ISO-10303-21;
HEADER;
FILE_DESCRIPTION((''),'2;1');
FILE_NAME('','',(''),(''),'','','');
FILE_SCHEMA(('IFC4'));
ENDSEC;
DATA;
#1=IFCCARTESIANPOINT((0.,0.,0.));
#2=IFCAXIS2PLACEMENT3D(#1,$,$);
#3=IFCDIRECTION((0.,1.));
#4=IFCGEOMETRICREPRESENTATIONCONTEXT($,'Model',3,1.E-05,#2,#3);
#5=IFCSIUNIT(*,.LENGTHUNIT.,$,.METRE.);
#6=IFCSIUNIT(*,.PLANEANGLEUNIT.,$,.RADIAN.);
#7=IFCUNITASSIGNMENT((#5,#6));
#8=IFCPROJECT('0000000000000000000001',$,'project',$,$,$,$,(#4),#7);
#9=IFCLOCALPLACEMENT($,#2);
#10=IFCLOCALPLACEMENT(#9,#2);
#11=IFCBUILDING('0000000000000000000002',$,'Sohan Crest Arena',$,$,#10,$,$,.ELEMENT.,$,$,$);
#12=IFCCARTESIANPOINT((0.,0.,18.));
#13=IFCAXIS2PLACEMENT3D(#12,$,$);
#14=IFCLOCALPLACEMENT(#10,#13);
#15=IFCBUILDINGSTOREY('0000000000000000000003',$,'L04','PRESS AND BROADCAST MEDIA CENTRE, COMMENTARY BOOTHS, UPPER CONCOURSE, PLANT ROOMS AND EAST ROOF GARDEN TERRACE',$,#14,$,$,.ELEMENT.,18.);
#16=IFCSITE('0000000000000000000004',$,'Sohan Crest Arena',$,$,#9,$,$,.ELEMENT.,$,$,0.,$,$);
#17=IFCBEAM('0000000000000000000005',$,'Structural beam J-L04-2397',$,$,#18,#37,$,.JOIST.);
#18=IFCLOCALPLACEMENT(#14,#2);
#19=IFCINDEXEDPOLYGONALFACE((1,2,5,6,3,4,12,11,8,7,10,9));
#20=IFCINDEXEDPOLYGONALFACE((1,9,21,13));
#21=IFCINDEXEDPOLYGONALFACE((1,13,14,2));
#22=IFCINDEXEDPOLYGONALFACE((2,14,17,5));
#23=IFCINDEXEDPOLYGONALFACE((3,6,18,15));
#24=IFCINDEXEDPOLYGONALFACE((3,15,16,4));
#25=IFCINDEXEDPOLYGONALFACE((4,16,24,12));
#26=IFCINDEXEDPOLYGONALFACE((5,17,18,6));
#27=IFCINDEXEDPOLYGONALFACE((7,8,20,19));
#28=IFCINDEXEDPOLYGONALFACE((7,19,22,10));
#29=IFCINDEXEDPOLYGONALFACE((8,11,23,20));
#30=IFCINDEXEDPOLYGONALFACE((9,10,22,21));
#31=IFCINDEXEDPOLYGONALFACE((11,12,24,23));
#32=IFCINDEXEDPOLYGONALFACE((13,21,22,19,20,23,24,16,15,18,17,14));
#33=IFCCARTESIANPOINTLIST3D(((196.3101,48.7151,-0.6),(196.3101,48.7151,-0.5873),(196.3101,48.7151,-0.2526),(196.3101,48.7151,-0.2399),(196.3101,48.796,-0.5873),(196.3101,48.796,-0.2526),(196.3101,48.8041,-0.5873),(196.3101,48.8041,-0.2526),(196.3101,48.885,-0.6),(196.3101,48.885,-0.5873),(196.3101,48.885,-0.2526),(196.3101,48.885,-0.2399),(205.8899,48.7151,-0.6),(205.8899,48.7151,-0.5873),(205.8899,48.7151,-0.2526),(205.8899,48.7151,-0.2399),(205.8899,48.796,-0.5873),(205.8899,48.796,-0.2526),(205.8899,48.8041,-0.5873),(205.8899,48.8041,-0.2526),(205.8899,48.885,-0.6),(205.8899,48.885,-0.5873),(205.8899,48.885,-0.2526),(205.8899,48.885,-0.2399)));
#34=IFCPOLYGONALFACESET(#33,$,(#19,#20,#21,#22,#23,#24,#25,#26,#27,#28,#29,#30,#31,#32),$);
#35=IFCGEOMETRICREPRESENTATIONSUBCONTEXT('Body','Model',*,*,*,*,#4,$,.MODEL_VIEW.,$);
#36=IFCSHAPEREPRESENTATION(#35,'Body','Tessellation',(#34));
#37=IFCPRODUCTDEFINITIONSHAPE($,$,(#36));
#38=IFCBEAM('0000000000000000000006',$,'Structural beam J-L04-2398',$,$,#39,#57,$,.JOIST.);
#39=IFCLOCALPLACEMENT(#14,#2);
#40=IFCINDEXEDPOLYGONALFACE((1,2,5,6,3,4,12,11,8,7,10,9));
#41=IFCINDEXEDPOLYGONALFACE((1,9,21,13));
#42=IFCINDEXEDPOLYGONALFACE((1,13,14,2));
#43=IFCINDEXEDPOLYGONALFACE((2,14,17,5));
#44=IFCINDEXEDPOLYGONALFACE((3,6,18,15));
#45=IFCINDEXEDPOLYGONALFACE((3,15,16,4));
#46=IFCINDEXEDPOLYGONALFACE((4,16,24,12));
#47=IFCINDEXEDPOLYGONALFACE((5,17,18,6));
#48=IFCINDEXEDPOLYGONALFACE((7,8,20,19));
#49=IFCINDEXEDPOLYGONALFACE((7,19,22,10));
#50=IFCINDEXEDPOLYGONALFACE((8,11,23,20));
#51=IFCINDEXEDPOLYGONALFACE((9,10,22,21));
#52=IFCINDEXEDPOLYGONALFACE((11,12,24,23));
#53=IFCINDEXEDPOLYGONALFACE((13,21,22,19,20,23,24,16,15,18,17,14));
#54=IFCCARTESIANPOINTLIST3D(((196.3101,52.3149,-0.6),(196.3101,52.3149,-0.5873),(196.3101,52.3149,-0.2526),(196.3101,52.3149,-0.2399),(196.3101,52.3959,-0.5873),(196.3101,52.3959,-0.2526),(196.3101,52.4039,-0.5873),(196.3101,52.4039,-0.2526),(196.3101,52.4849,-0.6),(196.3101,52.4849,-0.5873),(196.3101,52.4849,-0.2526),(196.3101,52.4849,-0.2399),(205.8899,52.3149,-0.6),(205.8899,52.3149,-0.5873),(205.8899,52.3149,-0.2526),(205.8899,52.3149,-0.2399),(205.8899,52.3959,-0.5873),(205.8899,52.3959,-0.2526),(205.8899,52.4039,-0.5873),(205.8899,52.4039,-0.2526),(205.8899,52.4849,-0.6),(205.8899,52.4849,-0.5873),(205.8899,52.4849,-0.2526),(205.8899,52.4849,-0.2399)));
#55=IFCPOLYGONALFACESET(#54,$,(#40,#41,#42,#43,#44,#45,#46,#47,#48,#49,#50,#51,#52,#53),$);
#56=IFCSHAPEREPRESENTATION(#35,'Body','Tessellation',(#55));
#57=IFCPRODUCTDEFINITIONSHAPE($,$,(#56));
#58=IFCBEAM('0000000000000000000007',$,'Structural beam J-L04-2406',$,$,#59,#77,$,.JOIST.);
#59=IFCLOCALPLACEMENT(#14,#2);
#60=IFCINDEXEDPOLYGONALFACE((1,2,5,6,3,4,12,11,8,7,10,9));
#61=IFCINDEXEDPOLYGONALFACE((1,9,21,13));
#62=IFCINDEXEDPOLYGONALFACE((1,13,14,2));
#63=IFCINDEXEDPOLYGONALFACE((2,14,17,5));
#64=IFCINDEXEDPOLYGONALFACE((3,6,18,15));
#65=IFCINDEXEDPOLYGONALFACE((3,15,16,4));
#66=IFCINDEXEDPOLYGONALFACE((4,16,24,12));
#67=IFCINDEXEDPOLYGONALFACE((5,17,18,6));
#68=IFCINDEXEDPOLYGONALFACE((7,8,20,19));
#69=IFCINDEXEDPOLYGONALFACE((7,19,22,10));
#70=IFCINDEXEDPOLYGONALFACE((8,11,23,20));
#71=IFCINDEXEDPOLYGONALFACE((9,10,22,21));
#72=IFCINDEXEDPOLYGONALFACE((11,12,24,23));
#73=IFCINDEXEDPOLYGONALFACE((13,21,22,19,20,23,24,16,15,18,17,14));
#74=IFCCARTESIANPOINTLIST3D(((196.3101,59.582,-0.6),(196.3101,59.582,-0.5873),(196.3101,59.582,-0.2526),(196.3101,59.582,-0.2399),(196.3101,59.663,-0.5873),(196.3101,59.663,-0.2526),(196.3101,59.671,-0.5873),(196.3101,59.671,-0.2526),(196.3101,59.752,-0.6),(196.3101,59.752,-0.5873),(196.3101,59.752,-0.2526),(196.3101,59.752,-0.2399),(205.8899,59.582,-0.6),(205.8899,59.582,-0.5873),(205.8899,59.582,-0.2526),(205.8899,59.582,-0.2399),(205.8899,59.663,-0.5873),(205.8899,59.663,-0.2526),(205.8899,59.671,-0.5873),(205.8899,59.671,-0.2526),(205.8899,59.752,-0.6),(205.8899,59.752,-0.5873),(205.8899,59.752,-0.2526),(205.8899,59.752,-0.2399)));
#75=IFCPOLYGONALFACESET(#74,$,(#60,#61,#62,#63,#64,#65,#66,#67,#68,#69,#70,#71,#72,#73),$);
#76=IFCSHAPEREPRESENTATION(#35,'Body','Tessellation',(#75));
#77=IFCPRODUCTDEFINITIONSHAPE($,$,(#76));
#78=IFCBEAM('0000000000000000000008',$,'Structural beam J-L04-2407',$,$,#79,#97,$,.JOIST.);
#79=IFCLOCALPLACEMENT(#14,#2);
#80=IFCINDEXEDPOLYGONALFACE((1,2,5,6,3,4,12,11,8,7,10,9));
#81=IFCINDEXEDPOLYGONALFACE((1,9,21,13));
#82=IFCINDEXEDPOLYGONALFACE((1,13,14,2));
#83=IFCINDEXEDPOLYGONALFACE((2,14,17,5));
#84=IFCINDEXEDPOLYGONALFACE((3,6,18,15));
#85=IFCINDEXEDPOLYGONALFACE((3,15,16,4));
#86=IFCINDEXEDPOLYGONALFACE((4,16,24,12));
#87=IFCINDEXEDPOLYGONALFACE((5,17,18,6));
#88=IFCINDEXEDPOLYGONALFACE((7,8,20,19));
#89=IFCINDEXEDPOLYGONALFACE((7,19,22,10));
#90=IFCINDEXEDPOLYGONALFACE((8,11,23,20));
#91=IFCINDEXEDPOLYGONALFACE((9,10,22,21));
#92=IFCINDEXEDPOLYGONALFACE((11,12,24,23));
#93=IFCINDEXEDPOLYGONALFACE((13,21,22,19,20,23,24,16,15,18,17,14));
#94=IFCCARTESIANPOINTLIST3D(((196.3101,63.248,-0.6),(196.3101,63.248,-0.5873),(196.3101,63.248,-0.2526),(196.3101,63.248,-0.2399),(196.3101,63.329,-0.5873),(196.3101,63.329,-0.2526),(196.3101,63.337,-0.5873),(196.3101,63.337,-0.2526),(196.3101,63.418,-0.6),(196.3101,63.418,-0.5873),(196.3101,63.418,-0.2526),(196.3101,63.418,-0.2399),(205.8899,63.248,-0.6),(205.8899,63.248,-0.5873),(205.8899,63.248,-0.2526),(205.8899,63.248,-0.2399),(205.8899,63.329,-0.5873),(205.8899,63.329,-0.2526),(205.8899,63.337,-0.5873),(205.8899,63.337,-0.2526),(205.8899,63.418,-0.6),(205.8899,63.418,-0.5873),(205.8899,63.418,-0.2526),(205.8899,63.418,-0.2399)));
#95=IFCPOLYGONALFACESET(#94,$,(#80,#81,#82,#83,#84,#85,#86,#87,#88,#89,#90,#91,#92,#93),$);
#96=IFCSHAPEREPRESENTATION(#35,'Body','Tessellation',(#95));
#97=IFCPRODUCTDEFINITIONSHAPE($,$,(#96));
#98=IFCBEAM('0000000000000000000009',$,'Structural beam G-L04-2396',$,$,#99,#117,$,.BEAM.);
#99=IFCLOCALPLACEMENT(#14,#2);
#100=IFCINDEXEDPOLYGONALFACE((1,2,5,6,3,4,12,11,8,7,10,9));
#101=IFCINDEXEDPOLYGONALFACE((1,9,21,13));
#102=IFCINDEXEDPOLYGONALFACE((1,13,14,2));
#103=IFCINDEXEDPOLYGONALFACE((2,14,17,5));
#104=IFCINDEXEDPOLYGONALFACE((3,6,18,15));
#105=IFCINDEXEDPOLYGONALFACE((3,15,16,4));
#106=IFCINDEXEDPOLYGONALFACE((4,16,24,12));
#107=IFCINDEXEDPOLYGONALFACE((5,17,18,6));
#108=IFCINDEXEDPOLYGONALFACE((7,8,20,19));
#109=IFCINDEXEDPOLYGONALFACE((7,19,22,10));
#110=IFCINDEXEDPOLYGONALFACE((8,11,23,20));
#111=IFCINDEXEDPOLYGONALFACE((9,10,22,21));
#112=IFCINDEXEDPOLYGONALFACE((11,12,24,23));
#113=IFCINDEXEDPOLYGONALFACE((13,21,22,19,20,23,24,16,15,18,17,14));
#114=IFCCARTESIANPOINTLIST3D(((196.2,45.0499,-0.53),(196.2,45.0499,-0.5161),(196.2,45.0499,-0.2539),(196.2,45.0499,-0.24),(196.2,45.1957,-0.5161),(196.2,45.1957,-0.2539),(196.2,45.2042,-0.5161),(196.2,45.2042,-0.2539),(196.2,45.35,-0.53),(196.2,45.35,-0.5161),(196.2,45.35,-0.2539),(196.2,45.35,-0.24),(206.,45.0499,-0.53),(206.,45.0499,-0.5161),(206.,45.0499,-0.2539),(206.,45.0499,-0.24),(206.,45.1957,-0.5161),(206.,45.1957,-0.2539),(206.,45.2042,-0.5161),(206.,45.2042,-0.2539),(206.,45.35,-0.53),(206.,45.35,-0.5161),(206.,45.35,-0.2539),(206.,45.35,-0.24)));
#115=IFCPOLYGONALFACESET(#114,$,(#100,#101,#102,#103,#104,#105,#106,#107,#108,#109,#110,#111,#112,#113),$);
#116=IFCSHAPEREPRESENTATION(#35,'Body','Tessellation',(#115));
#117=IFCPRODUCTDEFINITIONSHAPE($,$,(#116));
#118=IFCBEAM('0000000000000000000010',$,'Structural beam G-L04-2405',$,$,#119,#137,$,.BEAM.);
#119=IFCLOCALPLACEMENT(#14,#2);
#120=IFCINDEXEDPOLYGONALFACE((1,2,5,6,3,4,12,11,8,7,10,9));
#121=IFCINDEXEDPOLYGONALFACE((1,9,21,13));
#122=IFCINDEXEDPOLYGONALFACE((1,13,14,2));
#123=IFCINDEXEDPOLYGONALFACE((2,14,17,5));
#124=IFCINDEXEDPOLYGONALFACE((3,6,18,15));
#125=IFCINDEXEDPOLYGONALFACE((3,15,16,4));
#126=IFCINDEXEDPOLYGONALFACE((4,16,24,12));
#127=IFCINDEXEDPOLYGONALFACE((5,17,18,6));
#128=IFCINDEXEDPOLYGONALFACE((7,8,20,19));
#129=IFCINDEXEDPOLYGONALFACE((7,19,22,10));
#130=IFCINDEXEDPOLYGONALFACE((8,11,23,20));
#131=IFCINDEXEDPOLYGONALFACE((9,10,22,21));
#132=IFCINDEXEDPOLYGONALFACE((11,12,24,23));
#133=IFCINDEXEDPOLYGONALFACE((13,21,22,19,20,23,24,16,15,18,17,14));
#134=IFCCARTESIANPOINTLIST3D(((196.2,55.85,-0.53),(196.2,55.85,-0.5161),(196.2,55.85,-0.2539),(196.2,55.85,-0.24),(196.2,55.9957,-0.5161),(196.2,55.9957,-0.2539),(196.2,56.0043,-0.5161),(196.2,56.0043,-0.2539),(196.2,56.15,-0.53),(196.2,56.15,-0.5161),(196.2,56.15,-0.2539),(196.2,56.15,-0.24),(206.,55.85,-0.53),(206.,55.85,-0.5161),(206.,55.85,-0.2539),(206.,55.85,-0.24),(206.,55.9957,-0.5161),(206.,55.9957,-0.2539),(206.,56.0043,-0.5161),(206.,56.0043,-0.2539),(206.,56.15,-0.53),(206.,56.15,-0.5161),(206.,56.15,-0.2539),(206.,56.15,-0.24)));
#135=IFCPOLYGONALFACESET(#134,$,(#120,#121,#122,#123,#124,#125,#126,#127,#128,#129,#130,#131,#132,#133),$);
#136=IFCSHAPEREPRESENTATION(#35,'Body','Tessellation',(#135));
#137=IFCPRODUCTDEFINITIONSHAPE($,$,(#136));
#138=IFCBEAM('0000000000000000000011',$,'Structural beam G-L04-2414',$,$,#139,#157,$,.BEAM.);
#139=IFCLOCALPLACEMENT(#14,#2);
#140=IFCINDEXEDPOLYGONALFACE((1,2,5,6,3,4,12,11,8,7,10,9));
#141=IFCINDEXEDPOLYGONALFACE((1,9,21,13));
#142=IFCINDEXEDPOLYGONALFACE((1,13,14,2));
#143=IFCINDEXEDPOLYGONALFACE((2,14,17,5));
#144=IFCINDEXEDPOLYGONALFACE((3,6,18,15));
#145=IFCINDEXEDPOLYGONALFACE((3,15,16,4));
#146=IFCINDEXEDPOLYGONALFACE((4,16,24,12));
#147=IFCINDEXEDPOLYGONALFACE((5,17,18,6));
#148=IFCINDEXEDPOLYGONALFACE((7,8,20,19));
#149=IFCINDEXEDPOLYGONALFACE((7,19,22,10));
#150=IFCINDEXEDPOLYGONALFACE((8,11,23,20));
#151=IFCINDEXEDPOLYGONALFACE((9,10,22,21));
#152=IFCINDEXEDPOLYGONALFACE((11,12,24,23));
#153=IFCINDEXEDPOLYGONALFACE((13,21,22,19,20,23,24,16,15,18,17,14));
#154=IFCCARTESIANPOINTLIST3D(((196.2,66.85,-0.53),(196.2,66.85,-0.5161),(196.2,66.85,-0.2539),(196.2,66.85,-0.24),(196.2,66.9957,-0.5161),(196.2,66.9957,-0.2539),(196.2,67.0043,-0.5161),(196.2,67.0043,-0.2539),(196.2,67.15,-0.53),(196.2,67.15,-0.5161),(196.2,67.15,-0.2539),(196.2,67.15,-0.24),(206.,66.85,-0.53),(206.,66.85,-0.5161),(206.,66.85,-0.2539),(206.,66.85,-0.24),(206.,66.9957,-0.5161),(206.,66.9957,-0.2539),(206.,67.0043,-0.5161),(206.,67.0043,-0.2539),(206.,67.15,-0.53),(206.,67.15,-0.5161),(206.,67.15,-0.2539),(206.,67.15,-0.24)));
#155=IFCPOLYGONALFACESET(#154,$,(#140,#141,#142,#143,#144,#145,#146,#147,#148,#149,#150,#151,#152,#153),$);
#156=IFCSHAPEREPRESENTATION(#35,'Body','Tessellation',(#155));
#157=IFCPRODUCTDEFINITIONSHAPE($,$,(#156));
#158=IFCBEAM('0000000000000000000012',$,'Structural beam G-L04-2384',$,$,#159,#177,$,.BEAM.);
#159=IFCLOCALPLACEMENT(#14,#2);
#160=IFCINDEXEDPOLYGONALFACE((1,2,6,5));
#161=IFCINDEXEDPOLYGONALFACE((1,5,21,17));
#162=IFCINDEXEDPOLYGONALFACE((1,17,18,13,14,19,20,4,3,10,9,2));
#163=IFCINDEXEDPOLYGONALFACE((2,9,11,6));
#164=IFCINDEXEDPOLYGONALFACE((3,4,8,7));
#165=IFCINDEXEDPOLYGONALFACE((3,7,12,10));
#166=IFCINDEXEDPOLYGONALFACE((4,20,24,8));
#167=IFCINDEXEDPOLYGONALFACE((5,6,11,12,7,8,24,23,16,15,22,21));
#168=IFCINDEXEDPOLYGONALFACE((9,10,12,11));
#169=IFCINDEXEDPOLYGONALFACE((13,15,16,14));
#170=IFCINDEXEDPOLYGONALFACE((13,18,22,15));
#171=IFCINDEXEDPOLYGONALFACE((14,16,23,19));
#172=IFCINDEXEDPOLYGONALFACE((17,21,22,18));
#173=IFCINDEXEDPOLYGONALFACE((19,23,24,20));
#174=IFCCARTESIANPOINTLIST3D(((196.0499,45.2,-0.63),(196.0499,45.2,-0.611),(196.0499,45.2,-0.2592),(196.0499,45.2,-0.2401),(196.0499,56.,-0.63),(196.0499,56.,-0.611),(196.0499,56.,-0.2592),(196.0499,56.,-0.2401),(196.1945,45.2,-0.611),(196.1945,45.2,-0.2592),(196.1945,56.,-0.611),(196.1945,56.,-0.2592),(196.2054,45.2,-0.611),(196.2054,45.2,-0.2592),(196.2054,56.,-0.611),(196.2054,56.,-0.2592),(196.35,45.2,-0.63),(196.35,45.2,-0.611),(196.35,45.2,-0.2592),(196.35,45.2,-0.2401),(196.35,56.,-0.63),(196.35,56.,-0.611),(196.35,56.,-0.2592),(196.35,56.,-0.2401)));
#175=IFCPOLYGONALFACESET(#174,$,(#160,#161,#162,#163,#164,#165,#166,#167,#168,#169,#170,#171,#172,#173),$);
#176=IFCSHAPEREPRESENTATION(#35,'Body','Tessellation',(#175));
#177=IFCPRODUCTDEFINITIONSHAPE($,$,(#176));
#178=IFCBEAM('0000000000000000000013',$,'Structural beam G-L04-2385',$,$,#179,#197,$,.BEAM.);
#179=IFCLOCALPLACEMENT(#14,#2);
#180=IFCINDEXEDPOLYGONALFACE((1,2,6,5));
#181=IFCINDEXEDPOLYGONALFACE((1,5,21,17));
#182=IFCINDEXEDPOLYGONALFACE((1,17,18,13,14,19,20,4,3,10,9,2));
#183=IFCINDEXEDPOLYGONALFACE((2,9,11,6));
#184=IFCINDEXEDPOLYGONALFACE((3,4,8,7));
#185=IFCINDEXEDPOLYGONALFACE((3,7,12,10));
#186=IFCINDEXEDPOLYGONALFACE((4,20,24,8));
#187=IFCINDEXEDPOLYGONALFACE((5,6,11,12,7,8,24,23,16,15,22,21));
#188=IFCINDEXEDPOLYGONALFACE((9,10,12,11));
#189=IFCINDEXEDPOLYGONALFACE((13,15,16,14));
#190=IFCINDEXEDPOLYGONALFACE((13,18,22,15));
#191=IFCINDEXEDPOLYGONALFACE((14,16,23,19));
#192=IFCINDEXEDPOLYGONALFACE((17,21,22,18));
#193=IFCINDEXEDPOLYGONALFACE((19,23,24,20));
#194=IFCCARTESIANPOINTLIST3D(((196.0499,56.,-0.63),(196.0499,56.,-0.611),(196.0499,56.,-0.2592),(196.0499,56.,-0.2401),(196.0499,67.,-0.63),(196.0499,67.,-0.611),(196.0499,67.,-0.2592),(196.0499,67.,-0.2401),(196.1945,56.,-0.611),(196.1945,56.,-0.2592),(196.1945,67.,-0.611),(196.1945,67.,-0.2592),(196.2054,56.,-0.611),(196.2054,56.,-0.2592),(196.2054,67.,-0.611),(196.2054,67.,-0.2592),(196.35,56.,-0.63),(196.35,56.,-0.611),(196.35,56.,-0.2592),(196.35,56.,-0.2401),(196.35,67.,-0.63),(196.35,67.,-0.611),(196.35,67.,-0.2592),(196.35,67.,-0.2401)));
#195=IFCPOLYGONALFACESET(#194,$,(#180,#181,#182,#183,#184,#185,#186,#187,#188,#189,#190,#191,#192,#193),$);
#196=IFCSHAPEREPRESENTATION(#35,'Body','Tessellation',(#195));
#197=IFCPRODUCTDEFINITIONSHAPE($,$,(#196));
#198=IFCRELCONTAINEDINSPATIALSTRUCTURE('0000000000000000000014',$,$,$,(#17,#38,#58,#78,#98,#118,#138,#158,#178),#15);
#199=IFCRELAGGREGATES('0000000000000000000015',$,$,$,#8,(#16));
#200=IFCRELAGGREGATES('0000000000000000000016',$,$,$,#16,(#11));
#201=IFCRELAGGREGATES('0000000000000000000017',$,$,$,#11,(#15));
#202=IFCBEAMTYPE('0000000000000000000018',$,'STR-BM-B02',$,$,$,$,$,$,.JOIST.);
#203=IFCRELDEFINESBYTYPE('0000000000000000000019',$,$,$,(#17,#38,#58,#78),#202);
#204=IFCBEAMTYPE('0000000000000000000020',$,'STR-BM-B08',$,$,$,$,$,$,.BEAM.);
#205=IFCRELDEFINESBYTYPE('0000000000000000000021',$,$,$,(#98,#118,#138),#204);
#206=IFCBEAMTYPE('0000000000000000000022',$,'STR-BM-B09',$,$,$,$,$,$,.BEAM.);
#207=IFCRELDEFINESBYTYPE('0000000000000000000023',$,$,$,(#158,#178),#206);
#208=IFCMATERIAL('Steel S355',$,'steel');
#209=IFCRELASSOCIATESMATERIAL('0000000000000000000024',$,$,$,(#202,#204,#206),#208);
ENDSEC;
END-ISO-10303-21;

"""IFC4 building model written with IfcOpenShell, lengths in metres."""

from ifc_helpers import new_model, si_unit, direction, frame, origin, origin_2d, place, context, subcontext, project, spatial, i_section, extrude, material, material_profile, profile_set, type_object, element, save


model = new_model("IFC4")

# Units and contexts
model_context = context("Model", 3, precision=1e-05, world=origin(), true_north=direction((0.0, 1.0)))
body_context = subcontext(model_context, "Body", "Model", "MODEL_VIEW")
ifc_project = project(units=[si_unit("LENGTHUNIT", "METRE"), si_unit("PLANEANGLEUNIT", "RADIAN")], contexts=[model_context])

# Site, building, storey
site_placement = place(None, origin())
site = spatial("IfcSite", under=ifc_project, at=site_placement, Name="Sohan Crest Arena", CompositionType="ELEMENT", RefElevation=0.0)
building_placement = place(site_placement, origin())
building = spatial("IfcBuilding", under=site, at=building_placement, Name="Sohan Crest Arena", CompositionType="ELEMENT")
storey_placement = place(building_placement, frame((0.0, 0.0, 18.0)))
storey = spatial("IfcBuildingStorey", under=building, at=storey_placement, Name="L04", Description="PRESS AND BROADCAST MEDIA CENTRE, COMMENTARY BOOTHS, UPPER CONCOURSE, PLANT ROOMS AND EAST ROOF GARDEN TERRACE", CompositionType="ELEMENT", Elevation=18.0)

# Beams
ifc_material_1 = material(Name="Steel S355", Category="steel")
ifc_material_profile_1 = material_profile(ifc_material_1, i_section(OverallWidth=0.1699, OverallDepth=0.3601, WebThickness=0.0081, FlangeThickness=0.0127, at=origin_2d()), Name="IPE 360")
ifc_profile_set_1 = profile_set([ifc_material_profile_1], Name="Steel S355")
beam_type_1 = type_object("IfcBeamType", Name="STR-BM-B02", PredefinedType="JOIST", material=ifc_profile_set_1)
for number, where, z_axis, x_axis, name in (
    (1, (196.3101, 48.8, -0.4199), (1.0, 0.0, 0.0), (0.0, 1.0, 0.0), "Structural beam J-L04-2397"),
    (2, (196.3101, 52.3999, -0.4199), (1.0, 0.0, 0.0), (0.0, 1.0, 0.0), "Structural beam J-L04-2398"),
    (3, (196.3101, 59.667, -0.4199), (1.0, 0.0, 0.0), (0.0, 1.0, 0.0), "Structural beam J-L04-2406"),
    (4, (196.3101, 63.333, -0.4199), (1.0, 0.0, 0.0), (0.0, 1.0, 0.0), "Structural beam J-L04-2407"),
):
    element("IfcBeam", number, at=place(storey_placement, frame(where, z_axis=z_axis, x_axis=x_axis)), inside=storey, type_object=beam_type_1, Name=name, PredefinedType="JOIST", context=body_context, shape_type="SweptSolid", body=[
        extrude(i_section(OverallWidth=0.1699, OverallDepth=0.3601, WebThickness=0.0081, FlangeThickness=0.0127, at=origin_2d()), origin(), (0.0, 0.0, 1.0), 9.5798),
    ])
ifc_material_profile_2 = material_profile(ifc_material_1, i_section(OverallWidth=0.3, OverallDepth=0.29, WebThickness=0.0085, FlangeThickness=0.0139, at=origin_2d()), Name="HEA 300")
ifc_profile_set_2 = profile_set([ifc_material_profile_2], Name="Steel S355")
beam_type_2 = type_object("IfcBeamType", Name="STR-BM-B08", PredefinedType="BEAM", material=ifc_profile_set_2)
for number, where, z_axis, x_axis, name in (
    (5, (196.2, 45.2, -0.385), (1.0, 0.0, 0.0), (0.0, 1.0, 0.0), "Structural beam G-L04-2396"),
    (6, (196.2, 56.0, -0.385), (1.0, 0.0, 0.0), (0.0, 1.0, 0.0), "Structural beam G-L04-2405"),
    (7, (196.2, 67.0, -0.385), (1.0, 0.0, 0.0), (0.0, 1.0, 0.0), "Structural beam G-L04-2414"),
):
    element("IfcBeam", number, at=place(storey_placement, frame(where, z_axis=z_axis, x_axis=x_axis)), inside=storey, type_object=beam_type_2, Name=name, PredefinedType="BEAM", context=body_context, shape_type="SweptSolid", body=[
        extrude(i_section(OverallWidth=0.3, OverallDepth=0.29, WebThickness=0.0085, FlangeThickness=0.0139, at=origin_2d()), origin(), (0.0, 0.0, 1.0), 9.8),
    ])
ifc_material_profile_3 = material_profile(ifc_material_1, i_section(OverallWidth=0.3, OverallDepth=0.3899, WebThickness=0.011, FlangeThickness=0.019, at=origin_2d()), Name="HEA 400")
ifc_profile_set_3 = profile_set([ifc_material_profile_3], Name="Steel S355")
beam_type_3 = type_object("IfcBeamType", Name="STR-BM-B09", PredefinedType="BEAM", material=ifc_profile_set_3)
beam_1_placement = place(storey_placement, frame((196.2, 45.2, -0.4351), z_axis=(0.0, 1.0, 0.0), x_axis=(-1.0, 0.0, 0.0)))
element("IfcBeam", 8, at=beam_1_placement, inside=storey, type_object=beam_type_3, Name="Structural beam G-L04-2384", PredefinedType="BEAM", context=body_context, shape_type="SweptSolid", body=[
    extrude(i_section(OverallWidth=0.3, OverallDepth=0.3899, WebThickness=0.011, FlangeThickness=0.019, at=origin_2d()), origin(), (0.0, 0.0, 1.0), 10.8),
])
beam_2_placement = place(storey_placement, frame((196.2, 56.0, -0.4351), z_axis=(0.0, 1.0, 0.0), x_axis=(-1.0, 0.0, 0.0)))
element("IfcBeam", 9, at=beam_2_placement, inside=storey, type_object=beam_type_3, Name="Structural beam G-L04-2385", PredefinedType="BEAM", context=body_context, shape_type="SweptSolid", body=[
    extrude(i_section(OverallWidth=0.3, OverallDepth=0.3899, WebThickness=0.011, FlangeThickness=0.019, at=origin_2d()), origin(), (0.0, 0.0, 1.0), 11.0),
])

save(model, "model.ifc")
